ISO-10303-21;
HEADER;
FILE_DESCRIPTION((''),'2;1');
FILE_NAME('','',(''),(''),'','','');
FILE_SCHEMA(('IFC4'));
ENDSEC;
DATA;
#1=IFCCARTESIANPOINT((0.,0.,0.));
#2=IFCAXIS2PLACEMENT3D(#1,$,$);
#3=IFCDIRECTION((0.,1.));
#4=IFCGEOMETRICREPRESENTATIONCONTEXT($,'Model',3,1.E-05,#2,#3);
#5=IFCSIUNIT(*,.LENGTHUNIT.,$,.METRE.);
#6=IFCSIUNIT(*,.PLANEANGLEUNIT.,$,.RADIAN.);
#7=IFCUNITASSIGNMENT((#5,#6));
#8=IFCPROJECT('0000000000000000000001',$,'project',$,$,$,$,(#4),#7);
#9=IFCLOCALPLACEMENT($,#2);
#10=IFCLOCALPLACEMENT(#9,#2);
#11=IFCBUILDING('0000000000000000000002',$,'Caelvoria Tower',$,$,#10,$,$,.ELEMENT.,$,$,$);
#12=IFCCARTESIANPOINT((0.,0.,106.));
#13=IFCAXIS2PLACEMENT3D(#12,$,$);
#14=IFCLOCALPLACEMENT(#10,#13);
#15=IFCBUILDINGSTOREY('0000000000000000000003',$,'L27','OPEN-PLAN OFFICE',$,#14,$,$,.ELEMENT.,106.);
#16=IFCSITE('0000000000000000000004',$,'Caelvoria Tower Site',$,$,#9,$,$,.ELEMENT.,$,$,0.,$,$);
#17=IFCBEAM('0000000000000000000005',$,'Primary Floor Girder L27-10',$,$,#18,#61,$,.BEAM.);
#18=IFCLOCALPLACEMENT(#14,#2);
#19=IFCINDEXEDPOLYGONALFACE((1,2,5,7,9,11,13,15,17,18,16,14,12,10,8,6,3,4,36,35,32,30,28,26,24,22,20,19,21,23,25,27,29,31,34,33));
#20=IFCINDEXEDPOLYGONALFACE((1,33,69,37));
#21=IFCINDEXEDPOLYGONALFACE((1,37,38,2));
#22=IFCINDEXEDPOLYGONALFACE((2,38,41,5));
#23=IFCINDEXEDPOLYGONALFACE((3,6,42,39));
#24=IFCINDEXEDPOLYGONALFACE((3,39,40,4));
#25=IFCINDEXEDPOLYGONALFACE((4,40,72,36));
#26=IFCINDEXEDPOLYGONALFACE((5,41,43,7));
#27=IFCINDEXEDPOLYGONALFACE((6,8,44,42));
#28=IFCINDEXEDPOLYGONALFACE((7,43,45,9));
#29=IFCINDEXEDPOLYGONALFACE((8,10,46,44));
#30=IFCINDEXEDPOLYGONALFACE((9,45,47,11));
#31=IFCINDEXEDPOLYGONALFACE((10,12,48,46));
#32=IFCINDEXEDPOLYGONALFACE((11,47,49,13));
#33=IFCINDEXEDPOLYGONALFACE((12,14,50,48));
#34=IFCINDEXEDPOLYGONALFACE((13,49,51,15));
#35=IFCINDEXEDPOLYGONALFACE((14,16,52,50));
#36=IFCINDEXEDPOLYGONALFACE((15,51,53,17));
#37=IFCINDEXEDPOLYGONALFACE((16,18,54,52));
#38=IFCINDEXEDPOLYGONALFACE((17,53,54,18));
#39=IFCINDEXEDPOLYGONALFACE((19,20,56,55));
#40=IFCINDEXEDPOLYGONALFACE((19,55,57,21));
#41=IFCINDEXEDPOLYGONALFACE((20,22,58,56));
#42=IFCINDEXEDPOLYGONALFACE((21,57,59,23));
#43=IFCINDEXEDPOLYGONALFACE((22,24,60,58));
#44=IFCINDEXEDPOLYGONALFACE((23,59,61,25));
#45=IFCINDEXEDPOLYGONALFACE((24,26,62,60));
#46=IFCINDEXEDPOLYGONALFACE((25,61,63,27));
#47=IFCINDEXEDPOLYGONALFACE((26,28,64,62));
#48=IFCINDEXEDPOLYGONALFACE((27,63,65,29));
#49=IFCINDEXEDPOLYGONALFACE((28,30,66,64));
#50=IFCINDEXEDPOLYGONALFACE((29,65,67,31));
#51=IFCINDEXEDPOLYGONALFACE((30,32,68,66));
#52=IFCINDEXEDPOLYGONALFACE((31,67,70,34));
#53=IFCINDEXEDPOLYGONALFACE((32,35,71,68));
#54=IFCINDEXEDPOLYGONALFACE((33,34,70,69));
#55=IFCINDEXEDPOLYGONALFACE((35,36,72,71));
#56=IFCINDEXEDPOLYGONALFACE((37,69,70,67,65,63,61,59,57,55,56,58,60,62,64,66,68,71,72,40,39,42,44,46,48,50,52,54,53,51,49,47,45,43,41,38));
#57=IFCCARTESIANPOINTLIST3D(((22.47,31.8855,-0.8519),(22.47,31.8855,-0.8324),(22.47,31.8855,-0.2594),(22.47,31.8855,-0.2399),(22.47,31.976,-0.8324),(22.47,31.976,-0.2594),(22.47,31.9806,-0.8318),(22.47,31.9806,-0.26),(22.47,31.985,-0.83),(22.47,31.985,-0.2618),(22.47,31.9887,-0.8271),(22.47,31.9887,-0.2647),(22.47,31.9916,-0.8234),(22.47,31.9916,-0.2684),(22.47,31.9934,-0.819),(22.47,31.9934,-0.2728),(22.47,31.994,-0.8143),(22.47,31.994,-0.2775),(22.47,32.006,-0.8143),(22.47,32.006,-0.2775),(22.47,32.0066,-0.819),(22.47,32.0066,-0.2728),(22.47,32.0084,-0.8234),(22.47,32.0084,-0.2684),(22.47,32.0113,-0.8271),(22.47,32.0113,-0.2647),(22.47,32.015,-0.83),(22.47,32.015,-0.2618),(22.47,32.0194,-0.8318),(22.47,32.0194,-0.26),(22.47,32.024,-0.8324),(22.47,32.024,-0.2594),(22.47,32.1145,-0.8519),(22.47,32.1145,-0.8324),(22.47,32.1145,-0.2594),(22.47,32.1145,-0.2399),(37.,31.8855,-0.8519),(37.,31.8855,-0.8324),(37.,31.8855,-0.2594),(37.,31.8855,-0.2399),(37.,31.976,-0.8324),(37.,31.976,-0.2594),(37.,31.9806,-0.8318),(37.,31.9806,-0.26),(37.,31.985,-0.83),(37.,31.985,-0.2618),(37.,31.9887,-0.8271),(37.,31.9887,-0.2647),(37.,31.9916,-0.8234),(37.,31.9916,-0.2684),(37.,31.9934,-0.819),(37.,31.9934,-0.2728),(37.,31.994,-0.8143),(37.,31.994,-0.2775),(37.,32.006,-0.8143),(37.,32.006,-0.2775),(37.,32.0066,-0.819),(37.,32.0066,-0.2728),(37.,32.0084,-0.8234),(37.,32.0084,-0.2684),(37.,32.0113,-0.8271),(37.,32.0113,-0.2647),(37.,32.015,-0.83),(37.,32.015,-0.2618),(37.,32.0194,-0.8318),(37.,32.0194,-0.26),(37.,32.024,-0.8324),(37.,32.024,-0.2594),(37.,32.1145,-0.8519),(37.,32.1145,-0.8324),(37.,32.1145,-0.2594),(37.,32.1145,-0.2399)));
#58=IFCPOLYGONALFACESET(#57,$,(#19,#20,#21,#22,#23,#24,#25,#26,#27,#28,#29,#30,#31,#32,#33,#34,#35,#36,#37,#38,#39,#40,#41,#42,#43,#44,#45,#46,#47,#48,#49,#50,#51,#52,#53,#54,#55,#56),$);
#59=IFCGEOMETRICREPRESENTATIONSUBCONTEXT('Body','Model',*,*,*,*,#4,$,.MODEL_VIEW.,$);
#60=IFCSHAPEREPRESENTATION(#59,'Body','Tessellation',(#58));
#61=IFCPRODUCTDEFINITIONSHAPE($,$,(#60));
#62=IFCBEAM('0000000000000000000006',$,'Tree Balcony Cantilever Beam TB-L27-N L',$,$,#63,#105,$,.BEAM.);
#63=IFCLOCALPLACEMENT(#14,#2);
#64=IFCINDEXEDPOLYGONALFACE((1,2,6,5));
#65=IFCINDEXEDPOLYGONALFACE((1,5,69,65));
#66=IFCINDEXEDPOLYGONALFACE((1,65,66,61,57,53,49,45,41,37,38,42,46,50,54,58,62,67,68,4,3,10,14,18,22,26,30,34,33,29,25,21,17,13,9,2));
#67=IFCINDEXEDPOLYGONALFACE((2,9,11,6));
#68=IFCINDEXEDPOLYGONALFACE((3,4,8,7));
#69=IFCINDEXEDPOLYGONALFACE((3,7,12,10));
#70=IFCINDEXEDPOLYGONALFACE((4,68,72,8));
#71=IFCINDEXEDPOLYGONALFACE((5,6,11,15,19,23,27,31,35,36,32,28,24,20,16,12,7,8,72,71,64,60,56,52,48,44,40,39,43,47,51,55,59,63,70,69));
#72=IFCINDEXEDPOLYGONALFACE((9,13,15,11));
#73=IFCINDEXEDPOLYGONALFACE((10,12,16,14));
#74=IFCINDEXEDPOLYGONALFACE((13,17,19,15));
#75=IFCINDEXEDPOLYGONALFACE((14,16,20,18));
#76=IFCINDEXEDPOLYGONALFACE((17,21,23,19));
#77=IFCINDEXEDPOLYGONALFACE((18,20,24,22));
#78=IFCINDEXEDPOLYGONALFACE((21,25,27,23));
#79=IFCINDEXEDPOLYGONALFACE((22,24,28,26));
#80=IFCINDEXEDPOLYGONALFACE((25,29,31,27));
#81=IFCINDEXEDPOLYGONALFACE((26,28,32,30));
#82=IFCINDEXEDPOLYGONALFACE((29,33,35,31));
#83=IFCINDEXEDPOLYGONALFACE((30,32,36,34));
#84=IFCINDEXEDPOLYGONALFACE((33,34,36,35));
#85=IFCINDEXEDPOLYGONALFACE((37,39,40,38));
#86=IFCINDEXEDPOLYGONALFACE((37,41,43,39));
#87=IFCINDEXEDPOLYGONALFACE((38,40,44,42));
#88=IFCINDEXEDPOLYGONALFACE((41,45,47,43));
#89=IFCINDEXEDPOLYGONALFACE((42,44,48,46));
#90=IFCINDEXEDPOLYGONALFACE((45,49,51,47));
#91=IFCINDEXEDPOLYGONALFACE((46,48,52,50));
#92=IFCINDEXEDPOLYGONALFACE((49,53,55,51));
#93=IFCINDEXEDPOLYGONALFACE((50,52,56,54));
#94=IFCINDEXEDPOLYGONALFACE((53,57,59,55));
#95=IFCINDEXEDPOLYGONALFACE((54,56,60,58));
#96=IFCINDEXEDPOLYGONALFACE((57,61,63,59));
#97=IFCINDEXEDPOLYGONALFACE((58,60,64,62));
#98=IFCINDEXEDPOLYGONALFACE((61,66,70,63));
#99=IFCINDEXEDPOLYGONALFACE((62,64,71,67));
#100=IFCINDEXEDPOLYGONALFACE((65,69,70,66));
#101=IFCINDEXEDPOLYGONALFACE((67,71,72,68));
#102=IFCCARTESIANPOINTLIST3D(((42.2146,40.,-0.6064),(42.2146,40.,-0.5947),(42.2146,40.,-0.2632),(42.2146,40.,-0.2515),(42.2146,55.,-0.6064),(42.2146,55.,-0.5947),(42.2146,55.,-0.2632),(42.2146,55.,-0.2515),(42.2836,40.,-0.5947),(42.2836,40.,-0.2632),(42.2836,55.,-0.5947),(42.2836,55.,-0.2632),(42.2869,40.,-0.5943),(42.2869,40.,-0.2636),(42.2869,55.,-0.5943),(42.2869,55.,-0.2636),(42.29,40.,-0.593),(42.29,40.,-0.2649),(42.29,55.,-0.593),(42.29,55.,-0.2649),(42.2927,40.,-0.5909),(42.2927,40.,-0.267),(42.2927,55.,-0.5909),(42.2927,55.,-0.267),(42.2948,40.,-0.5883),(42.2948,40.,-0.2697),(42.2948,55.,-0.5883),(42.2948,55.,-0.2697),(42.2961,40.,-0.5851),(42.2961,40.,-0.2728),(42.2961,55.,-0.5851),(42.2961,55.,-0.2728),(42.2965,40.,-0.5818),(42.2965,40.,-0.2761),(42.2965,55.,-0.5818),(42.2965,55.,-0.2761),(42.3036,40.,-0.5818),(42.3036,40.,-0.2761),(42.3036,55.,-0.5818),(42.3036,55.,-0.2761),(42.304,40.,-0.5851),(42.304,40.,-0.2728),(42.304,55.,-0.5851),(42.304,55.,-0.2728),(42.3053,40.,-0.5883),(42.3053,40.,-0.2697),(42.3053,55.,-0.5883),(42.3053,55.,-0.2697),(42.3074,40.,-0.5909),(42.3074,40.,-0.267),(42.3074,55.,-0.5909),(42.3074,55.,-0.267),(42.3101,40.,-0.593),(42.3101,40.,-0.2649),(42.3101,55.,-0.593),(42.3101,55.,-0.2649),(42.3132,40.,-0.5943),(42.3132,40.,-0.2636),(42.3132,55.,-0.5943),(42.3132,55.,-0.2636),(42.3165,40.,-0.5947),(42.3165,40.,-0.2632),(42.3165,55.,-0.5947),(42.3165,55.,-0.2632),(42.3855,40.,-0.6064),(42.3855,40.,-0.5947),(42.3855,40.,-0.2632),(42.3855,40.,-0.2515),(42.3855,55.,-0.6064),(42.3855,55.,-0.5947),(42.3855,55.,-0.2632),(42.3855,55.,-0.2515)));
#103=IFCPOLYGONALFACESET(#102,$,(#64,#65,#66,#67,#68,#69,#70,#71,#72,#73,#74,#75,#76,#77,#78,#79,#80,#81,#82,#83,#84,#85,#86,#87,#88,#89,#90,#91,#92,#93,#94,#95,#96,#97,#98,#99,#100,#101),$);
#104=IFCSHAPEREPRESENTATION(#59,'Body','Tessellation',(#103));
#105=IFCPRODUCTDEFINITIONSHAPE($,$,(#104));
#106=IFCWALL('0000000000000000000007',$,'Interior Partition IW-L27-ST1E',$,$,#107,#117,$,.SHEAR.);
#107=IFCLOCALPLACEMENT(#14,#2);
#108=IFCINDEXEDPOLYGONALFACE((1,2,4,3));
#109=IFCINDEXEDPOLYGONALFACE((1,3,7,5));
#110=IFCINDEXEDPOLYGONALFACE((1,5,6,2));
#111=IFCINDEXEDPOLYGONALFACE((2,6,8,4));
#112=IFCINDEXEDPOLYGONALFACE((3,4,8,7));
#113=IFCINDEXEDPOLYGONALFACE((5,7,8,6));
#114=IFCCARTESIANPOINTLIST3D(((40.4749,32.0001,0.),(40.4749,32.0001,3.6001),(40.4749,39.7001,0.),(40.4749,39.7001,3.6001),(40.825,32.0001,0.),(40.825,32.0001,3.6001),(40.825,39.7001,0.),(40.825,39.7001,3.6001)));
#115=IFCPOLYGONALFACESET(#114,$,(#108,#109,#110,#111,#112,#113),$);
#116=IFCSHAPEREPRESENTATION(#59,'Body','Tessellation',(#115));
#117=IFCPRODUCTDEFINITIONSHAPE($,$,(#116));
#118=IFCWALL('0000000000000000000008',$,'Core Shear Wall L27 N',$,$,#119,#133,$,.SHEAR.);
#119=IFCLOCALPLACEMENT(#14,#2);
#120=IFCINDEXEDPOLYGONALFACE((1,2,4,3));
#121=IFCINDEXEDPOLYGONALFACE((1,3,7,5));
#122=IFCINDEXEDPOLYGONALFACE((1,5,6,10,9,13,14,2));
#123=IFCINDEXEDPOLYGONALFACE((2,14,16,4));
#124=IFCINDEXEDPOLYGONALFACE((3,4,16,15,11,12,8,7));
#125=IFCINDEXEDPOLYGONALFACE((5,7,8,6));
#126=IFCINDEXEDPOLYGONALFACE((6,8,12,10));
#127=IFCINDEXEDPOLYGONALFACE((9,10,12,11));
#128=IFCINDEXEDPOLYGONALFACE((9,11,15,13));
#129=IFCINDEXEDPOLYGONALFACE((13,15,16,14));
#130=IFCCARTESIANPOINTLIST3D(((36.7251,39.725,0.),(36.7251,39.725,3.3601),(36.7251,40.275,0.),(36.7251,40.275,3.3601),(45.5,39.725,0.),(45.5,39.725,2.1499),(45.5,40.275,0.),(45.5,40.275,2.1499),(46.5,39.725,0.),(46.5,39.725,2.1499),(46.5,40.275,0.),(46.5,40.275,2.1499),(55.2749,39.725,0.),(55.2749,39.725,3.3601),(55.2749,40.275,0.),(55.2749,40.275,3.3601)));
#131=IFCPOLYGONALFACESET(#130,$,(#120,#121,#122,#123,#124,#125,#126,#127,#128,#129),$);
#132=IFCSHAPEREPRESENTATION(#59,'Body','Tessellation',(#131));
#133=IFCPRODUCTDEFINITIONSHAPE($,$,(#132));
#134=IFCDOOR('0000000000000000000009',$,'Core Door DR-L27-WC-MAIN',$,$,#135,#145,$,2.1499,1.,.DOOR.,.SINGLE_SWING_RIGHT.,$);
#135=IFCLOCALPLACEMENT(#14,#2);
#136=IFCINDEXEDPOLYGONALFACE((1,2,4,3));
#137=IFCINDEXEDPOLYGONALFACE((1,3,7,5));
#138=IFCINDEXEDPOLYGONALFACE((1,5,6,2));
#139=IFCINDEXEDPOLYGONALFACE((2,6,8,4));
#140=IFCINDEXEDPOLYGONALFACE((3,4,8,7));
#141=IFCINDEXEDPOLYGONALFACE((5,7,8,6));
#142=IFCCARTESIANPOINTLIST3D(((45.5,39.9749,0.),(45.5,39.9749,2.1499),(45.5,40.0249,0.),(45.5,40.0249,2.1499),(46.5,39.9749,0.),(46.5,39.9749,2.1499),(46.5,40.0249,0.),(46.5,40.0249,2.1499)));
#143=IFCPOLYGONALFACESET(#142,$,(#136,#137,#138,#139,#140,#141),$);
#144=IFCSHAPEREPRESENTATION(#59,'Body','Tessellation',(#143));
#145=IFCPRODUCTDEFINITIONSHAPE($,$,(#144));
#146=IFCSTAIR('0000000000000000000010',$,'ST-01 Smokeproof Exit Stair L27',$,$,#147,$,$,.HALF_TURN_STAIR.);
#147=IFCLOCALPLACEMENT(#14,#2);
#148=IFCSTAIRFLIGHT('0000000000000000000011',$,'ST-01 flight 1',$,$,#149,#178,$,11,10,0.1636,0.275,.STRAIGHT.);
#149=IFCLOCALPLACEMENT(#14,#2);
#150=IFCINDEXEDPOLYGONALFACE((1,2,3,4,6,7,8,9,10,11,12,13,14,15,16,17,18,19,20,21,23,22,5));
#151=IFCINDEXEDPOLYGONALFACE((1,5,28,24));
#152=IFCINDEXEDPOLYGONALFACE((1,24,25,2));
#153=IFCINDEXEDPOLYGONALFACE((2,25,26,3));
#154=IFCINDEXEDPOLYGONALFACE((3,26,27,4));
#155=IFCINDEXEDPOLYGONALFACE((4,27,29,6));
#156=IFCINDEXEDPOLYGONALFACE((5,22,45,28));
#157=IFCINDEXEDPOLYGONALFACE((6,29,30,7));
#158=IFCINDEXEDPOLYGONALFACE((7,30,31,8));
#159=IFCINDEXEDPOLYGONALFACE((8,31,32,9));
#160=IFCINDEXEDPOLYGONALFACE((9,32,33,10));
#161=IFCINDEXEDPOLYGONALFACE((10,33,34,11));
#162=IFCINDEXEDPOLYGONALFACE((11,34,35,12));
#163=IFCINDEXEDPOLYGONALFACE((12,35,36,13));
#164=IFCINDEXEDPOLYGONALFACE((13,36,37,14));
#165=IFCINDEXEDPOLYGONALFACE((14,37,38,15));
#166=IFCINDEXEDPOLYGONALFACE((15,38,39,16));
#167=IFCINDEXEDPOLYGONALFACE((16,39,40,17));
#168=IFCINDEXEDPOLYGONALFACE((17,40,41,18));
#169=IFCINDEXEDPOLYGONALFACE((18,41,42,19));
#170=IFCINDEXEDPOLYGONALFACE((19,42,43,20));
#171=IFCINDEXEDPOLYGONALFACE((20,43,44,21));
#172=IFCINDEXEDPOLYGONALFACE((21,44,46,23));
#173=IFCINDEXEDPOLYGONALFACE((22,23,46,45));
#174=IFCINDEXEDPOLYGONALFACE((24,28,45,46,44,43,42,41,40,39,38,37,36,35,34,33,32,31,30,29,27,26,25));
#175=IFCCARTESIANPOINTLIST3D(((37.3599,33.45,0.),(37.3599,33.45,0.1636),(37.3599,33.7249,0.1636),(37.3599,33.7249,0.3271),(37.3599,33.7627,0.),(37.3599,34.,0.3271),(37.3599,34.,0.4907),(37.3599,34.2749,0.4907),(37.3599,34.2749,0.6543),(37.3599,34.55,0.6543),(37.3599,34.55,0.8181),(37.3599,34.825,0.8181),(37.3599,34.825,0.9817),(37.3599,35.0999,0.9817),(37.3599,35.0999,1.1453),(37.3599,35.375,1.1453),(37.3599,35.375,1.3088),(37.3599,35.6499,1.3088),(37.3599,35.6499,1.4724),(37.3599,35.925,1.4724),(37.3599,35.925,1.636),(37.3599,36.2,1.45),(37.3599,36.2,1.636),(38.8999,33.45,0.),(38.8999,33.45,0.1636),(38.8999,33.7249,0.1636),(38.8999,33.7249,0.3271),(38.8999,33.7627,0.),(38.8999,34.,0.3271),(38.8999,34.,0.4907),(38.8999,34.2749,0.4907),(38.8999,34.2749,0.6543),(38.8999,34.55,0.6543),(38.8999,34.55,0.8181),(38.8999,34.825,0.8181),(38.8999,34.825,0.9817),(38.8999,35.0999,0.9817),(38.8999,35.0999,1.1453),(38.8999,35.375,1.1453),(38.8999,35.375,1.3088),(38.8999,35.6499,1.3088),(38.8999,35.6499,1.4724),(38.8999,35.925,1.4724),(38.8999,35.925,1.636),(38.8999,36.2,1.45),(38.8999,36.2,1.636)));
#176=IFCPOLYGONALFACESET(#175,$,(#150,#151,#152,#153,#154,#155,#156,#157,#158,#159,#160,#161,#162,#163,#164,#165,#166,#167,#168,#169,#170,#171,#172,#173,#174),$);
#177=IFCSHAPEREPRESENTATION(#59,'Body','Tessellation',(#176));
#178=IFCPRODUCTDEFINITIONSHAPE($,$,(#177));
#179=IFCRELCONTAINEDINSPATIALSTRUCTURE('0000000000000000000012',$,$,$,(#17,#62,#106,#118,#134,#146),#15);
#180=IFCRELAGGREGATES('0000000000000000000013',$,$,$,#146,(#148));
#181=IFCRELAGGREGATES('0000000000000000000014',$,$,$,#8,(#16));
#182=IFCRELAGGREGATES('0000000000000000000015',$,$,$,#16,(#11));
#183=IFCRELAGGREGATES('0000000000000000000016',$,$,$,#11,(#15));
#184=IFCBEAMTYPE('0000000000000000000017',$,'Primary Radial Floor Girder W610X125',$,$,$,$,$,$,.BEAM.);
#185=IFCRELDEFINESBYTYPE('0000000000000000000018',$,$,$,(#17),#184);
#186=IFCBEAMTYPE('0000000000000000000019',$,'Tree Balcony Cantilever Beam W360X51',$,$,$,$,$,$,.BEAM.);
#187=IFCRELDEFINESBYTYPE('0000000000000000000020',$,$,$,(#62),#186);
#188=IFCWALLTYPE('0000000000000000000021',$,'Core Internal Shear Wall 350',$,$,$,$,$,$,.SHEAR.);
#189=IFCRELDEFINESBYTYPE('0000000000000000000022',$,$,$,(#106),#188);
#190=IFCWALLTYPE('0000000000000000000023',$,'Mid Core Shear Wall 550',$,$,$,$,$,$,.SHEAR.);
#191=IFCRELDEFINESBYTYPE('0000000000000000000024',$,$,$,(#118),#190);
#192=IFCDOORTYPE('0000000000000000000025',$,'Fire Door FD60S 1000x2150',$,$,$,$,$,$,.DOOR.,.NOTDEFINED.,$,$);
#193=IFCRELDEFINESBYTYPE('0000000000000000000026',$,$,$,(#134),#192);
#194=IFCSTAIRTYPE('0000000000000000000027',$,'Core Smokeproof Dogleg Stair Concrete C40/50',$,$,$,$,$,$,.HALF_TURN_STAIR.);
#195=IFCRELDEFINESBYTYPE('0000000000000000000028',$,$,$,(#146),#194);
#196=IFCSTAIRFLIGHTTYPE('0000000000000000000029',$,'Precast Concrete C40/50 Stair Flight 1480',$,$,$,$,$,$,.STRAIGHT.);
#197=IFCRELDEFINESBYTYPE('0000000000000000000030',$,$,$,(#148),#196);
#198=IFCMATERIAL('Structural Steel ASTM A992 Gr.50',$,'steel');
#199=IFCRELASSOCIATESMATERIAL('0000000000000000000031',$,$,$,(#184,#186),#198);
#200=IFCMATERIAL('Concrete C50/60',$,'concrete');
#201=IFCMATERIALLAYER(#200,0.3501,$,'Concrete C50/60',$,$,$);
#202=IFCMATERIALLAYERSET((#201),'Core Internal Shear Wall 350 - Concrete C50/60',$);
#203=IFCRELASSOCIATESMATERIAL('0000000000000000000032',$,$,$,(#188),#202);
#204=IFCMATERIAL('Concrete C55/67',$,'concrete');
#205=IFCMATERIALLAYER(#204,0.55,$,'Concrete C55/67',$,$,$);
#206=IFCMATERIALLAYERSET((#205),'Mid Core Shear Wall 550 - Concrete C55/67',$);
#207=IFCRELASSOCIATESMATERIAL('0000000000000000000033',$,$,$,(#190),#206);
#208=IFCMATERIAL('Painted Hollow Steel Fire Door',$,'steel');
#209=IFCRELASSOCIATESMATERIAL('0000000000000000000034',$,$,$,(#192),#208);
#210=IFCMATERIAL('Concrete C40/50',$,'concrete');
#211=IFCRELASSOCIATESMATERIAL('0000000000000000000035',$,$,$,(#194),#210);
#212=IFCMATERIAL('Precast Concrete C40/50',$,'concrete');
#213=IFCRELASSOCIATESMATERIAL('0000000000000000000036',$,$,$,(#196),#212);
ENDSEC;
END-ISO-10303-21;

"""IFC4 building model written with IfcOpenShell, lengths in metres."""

from ifc_helpers import new_model, si_unit, direction, frame, frame_2d, origin, origin_2d, place, context, subcontext, project, spatial, polyline, rectangle, i_section, outline, extrude, material, layer, layer_set, material_profile, profile_set, type_object, element, fill, aggregate, save


model = new_model("IFC4")

# Units and contexts
model_context = context("Model", 3, precision=1e-05, world=origin(), true_north=direction((0.0, 1.0)))
body_context = subcontext(model_context, "Body", "Model", "MODEL_VIEW")
ifc_project = project(units=[si_unit("LENGTHUNIT", "METRE"), si_unit("PLANEANGLEUNIT", "RADIAN")], contexts=[model_context])

# Site, building, storey
site_placement = place(None, origin())
site = spatial("IfcSite", under=ifc_project, at=site_placement, Name="Caelvoria Tower Site", CompositionType="ELEMENT", RefElevation=0.0)
building_placement = place(site_placement, origin())
building = spatial("IfcBuilding", under=site, at=building_placement, Name="Caelvoria Tower", CompositionType="ELEMENT")
storey_placement = place(building_placement, frame((0.0, 0.0, 106.0)))
storey = spatial("IfcBuildingStorey", under=building, at=storey_placement, Name="L27", Description="OPEN-PLAN OFFICE", CompositionType="ELEMENT", Elevation=106.0)

# Beams
ifc_material_1 = material(Name="Structural Steel ASTM A992 Gr.50", Category="steel")
ifc_material_profile_1 = material_profile(ifc_material_1, i_section(OverallWidth=0.229, OverallDepth=0.6121, WebThickness=0.012, FlangeThickness=0.0195, FilletRadius=0.0181, at=origin_2d()), Name="Structural Steel ASTM A992 Gr.50")
ifc_profile_set_1 = profile_set([ifc_material_profile_1], Name="W610X125 - Structural Steel ASTM A992 Gr.50")
beam_type_1 = type_object("IfcBeamType", Name="Primary Radial Floor Girder W610X125", PredefinedType="BEAM", material=ifc_profile_set_1)
beam_1_placement = place(storey_placement, frame((37.0, 32.0, -0.5459), z_axis=(-1.0, 0.0, 0.0), x_axis=(0.0, -1.0, 0.0)))
element("IfcBeam", 1, at=beam_1_placement, inside=storey, type_object=beam_type_1, Name="Primary Floor Girder L27-10", PredefinedType="BEAM", context=body_context, shape_type="SweptSolid", body=[
    extrude(i_section(OverallWidth=0.229, OverallDepth=0.6121, WebThickness=0.012, FlangeThickness=0.0195, FilletRadius=0.0181, at=origin_2d()), origin(), (0.0, 0.0, 1.0), 14.53),
])
ifc_material_profile_2 = material_profile(ifc_material_1, i_section(OverallWidth=0.1709, OverallDepth=0.355, WebThickness=0.0071, FlangeThickness=0.0117, FilletRadius=0.0129, at=origin_2d()), Name="Structural Steel ASTM A992 Gr.50")
ifc_profile_set_2 = profile_set([ifc_material_profile_2], Name="W360X51 - Structural Steel ASTM A992 Gr.50")
beam_type_2 = type_object("IfcBeamType", Name="Tree Balcony Cantilever Beam W360X51", PredefinedType="BEAM", material=ifc_profile_set_2)
beam_2_placement = place(storey_placement, frame((42.3, 40.0, -0.429), z_axis=(0.0, 1.0, 0.0), x_axis=(-1.0, 0.0, 0.0)))
element("IfcBeam", 2, at=beam_2_placement, inside=storey, type_object=beam_type_2, Name="Tree Balcony Cantilever Beam TB-L27-N L", PredefinedType="BEAM", context=body_context, shape_type="SweptSolid", body=[
    extrude(i_section(OverallWidth=0.1709, OverallDepth=0.355, WebThickness=0.0071, FlangeThickness=0.0117, FilletRadius=0.0129, at=origin_2d()), origin(), (0.0, 0.0, 1.0), 15.0),
])

# Wall
ifc_material_2 = material(Name="Concrete C50/60", Category="concrete")
ifc_layer_1 = layer(ifc_material_2, 0.3501, Name="Concrete C50/60")
ifc_layer_set_1 = layer_set([ifc_layer_1], Name="Core Internal Shear Wall 350 - Concrete C50/60")
wall_type_1 = type_object("IfcWallType", Name="Core Internal Shear Wall 350", PredefinedType="SHEAR", material=ifc_layer_set_1)
wall_1_placement = place(storey_placement, frame((40.6499, 32.0, 0.0), z_axis=(0.0, 0.0, 1.0), x_axis=(0.0, 1.0, 0.0)))
element("IfcWall", 3, at=wall_1_placement, inside=storey, type_object=wall_type_1, Name="Interior Partition IW-L27-ST1E", PredefinedType="SHEAR", context=body_context, shape_type="SweptSolid", body=[
    extrude(rectangle(XDim=7.7, YDim=0.3501, at=frame_2d((3.8501, 0.0))), origin(), (0.0, 0.0, 1.0), 3.6001),
])

# Wall, opening, door
ifc_material_3 = material(Name="Concrete C55/67", Category="concrete")
ifc_layer_2 = layer(ifc_material_3, 0.55, Name="Concrete C55/67")
ifc_layer_set_2 = layer_set([ifc_layer_2], Name="Mid Core Shear Wall 550 - Concrete C55/67")
wall_type_2 = type_object("IfcWallType", Name="Mid Core Shear Wall 550", PredefinedType="SHEAR", material=ifc_layer_set_2)
wall_2_placement = place(storey_placement, frame((36.7251, 40.0, 0.0), z_axis=(0.0, 0.0, 1.0), x_axis=(1.0, 0.0, 0.0)))
wall_2 = element("IfcWall", 4, at=wall_2_placement, inside=storey, type_object=wall_type_2, Name="Core Shear Wall L27 N", PredefinedType="SHEAR", context=body_context, shape_type="SweptSolid", body=[
    extrude(rectangle(XDim=18.5498, YDim=0.55, at=frame_2d((9.2749, 0.0))), origin(), (0.0, 0.0, 1.0), 3.3601),
])
opening_1_placement = place(wall_2_placement, frame((8.7749, 0.0, 0.0)))
opening_1 = element("IfcOpeningElement", 5, at=opening_1_placement, cuts=wall_2, PredefinedType="OPENING", context=body_context, shape_type="SweptSolid", body=[
    extrude(rectangle(XDim=1.0, YDim=2.1499, at=frame_2d((0.5, 1.075))), frame((0.0, 0.2849, 0.0), z_axis=(0.0, -1.0, 0.0), x_axis=(1.0, 0.0, 0.0)), (0.0, 0.0, 1.0), 0.5701),
])
ifc_material_4 = material(Name="Painted Hollow Steel Fire Door", Category="steel")
door_type_1 = type_object("IfcDoorType", Name="Fire Door FD60S 1000x2150", OperationType="NOTDEFINED", PredefinedType="DOOR", material=ifc_material_4)
door_1_placement = place(opening_1_placement, origin())
door_1 = element("IfcDoor", 6, at=door_1_placement, inside=storey, type_object=door_type_1, Name="Core Door DR-L27-WC-MAIN", OperationType="SINGLE_SWING_RIGHT", OverallHeight=2.1499, OverallWidth=1.0, PredefinedType="DOOR", context=body_context, shape_type="SweptSolid", body=[
    extrude(rectangle(XDim=1.0, YDim=2.1499, at=frame_2d((0.5, 1.075))), frame((0.0, 0.0249, 0.0), z_axis=(0.0, -1.0, 0.0), x_axis=(1.0, 0.0, 0.0)), (0.0, 0.0, 1.0), 0.05),
])
fill(opening_1, door_1)

# Stair, stair flight
ifc_material_5 = material(Name="Concrete C40/50", Category="concrete")
stair_type = type_object("IfcStairType", Name="Core Smokeproof Dogleg Stair Concrete C40/50", PredefinedType="HALF_TURN_STAIR", material=ifc_material_5)
stair_placement = place(storey_placement, origin())
stair = element("IfcStair", 7, at=stair_placement, inside=storey, type_object=stair_type, Name="ST-01 Smokeproof Exit Stair L27", PredefinedType="HALF_TURN_STAIR")
ifc_material_6 = material(Name="Precast Concrete C40/50", Category="concrete")
stair_flight_type = type_object("IfcStairFlightType", Name="Precast Concrete C40/50 Stair Flight 1480", PredefinedType="STRAIGHT", material=ifc_material_6)
stair_flight_1_placement = place(storey_placement, frame((38.1299, 33.45, 0.0), z_axis=(0.0, 0.0, 1.0), x_axis=(0.0, 1.0, 0.0)))
stair_flight_1 = element("IfcStairFlight", 8, at=stair_flight_1_placement, type_object=stair_flight_type, Name="ST-01 flight 1", NumberOfRisers=11, NumberOfTreads=10, PredefinedType="STRAIGHT", RiserHeight=0.1636, TreadLength=0.275, context=body_context, shape_type="SweptSolid", body=[
    extrude(outline(polyline([(0.0, 0.0), (0.0, 0.1636), (0.2749, 0.1636), (0.2749, 0.3271), (0.55, 0.3271), (0.55, 0.4907), (0.825, 0.4907), (0.825, 0.6543), (1.1001, 0.6543), (1.1001, 0.8181), (1.375, 0.8181), (1.375, 0.9817), (1.6499, 0.9817), (1.6499, 1.1453), (1.925, 1.1453), (1.925, 1.3088), (2.2, 1.3088), (2.2, 1.4724), (2.4751, 1.4724), (2.4751, 1.636), (2.75, 1.636), (2.75, 1.7996), (2.75, 1.45), (0.3127, 0.0), (0.0, 0.0)])), frame((0.0, 0.77, 0.0), z_axis=(0.0, -1.0, 0.0), x_axis=(1.0, 0.0, 0.0)), (0.0, 0.0, 1.0), 1.54),
])
aggregate(stair, [stair_flight_1])

save(model, "model.ifc")
